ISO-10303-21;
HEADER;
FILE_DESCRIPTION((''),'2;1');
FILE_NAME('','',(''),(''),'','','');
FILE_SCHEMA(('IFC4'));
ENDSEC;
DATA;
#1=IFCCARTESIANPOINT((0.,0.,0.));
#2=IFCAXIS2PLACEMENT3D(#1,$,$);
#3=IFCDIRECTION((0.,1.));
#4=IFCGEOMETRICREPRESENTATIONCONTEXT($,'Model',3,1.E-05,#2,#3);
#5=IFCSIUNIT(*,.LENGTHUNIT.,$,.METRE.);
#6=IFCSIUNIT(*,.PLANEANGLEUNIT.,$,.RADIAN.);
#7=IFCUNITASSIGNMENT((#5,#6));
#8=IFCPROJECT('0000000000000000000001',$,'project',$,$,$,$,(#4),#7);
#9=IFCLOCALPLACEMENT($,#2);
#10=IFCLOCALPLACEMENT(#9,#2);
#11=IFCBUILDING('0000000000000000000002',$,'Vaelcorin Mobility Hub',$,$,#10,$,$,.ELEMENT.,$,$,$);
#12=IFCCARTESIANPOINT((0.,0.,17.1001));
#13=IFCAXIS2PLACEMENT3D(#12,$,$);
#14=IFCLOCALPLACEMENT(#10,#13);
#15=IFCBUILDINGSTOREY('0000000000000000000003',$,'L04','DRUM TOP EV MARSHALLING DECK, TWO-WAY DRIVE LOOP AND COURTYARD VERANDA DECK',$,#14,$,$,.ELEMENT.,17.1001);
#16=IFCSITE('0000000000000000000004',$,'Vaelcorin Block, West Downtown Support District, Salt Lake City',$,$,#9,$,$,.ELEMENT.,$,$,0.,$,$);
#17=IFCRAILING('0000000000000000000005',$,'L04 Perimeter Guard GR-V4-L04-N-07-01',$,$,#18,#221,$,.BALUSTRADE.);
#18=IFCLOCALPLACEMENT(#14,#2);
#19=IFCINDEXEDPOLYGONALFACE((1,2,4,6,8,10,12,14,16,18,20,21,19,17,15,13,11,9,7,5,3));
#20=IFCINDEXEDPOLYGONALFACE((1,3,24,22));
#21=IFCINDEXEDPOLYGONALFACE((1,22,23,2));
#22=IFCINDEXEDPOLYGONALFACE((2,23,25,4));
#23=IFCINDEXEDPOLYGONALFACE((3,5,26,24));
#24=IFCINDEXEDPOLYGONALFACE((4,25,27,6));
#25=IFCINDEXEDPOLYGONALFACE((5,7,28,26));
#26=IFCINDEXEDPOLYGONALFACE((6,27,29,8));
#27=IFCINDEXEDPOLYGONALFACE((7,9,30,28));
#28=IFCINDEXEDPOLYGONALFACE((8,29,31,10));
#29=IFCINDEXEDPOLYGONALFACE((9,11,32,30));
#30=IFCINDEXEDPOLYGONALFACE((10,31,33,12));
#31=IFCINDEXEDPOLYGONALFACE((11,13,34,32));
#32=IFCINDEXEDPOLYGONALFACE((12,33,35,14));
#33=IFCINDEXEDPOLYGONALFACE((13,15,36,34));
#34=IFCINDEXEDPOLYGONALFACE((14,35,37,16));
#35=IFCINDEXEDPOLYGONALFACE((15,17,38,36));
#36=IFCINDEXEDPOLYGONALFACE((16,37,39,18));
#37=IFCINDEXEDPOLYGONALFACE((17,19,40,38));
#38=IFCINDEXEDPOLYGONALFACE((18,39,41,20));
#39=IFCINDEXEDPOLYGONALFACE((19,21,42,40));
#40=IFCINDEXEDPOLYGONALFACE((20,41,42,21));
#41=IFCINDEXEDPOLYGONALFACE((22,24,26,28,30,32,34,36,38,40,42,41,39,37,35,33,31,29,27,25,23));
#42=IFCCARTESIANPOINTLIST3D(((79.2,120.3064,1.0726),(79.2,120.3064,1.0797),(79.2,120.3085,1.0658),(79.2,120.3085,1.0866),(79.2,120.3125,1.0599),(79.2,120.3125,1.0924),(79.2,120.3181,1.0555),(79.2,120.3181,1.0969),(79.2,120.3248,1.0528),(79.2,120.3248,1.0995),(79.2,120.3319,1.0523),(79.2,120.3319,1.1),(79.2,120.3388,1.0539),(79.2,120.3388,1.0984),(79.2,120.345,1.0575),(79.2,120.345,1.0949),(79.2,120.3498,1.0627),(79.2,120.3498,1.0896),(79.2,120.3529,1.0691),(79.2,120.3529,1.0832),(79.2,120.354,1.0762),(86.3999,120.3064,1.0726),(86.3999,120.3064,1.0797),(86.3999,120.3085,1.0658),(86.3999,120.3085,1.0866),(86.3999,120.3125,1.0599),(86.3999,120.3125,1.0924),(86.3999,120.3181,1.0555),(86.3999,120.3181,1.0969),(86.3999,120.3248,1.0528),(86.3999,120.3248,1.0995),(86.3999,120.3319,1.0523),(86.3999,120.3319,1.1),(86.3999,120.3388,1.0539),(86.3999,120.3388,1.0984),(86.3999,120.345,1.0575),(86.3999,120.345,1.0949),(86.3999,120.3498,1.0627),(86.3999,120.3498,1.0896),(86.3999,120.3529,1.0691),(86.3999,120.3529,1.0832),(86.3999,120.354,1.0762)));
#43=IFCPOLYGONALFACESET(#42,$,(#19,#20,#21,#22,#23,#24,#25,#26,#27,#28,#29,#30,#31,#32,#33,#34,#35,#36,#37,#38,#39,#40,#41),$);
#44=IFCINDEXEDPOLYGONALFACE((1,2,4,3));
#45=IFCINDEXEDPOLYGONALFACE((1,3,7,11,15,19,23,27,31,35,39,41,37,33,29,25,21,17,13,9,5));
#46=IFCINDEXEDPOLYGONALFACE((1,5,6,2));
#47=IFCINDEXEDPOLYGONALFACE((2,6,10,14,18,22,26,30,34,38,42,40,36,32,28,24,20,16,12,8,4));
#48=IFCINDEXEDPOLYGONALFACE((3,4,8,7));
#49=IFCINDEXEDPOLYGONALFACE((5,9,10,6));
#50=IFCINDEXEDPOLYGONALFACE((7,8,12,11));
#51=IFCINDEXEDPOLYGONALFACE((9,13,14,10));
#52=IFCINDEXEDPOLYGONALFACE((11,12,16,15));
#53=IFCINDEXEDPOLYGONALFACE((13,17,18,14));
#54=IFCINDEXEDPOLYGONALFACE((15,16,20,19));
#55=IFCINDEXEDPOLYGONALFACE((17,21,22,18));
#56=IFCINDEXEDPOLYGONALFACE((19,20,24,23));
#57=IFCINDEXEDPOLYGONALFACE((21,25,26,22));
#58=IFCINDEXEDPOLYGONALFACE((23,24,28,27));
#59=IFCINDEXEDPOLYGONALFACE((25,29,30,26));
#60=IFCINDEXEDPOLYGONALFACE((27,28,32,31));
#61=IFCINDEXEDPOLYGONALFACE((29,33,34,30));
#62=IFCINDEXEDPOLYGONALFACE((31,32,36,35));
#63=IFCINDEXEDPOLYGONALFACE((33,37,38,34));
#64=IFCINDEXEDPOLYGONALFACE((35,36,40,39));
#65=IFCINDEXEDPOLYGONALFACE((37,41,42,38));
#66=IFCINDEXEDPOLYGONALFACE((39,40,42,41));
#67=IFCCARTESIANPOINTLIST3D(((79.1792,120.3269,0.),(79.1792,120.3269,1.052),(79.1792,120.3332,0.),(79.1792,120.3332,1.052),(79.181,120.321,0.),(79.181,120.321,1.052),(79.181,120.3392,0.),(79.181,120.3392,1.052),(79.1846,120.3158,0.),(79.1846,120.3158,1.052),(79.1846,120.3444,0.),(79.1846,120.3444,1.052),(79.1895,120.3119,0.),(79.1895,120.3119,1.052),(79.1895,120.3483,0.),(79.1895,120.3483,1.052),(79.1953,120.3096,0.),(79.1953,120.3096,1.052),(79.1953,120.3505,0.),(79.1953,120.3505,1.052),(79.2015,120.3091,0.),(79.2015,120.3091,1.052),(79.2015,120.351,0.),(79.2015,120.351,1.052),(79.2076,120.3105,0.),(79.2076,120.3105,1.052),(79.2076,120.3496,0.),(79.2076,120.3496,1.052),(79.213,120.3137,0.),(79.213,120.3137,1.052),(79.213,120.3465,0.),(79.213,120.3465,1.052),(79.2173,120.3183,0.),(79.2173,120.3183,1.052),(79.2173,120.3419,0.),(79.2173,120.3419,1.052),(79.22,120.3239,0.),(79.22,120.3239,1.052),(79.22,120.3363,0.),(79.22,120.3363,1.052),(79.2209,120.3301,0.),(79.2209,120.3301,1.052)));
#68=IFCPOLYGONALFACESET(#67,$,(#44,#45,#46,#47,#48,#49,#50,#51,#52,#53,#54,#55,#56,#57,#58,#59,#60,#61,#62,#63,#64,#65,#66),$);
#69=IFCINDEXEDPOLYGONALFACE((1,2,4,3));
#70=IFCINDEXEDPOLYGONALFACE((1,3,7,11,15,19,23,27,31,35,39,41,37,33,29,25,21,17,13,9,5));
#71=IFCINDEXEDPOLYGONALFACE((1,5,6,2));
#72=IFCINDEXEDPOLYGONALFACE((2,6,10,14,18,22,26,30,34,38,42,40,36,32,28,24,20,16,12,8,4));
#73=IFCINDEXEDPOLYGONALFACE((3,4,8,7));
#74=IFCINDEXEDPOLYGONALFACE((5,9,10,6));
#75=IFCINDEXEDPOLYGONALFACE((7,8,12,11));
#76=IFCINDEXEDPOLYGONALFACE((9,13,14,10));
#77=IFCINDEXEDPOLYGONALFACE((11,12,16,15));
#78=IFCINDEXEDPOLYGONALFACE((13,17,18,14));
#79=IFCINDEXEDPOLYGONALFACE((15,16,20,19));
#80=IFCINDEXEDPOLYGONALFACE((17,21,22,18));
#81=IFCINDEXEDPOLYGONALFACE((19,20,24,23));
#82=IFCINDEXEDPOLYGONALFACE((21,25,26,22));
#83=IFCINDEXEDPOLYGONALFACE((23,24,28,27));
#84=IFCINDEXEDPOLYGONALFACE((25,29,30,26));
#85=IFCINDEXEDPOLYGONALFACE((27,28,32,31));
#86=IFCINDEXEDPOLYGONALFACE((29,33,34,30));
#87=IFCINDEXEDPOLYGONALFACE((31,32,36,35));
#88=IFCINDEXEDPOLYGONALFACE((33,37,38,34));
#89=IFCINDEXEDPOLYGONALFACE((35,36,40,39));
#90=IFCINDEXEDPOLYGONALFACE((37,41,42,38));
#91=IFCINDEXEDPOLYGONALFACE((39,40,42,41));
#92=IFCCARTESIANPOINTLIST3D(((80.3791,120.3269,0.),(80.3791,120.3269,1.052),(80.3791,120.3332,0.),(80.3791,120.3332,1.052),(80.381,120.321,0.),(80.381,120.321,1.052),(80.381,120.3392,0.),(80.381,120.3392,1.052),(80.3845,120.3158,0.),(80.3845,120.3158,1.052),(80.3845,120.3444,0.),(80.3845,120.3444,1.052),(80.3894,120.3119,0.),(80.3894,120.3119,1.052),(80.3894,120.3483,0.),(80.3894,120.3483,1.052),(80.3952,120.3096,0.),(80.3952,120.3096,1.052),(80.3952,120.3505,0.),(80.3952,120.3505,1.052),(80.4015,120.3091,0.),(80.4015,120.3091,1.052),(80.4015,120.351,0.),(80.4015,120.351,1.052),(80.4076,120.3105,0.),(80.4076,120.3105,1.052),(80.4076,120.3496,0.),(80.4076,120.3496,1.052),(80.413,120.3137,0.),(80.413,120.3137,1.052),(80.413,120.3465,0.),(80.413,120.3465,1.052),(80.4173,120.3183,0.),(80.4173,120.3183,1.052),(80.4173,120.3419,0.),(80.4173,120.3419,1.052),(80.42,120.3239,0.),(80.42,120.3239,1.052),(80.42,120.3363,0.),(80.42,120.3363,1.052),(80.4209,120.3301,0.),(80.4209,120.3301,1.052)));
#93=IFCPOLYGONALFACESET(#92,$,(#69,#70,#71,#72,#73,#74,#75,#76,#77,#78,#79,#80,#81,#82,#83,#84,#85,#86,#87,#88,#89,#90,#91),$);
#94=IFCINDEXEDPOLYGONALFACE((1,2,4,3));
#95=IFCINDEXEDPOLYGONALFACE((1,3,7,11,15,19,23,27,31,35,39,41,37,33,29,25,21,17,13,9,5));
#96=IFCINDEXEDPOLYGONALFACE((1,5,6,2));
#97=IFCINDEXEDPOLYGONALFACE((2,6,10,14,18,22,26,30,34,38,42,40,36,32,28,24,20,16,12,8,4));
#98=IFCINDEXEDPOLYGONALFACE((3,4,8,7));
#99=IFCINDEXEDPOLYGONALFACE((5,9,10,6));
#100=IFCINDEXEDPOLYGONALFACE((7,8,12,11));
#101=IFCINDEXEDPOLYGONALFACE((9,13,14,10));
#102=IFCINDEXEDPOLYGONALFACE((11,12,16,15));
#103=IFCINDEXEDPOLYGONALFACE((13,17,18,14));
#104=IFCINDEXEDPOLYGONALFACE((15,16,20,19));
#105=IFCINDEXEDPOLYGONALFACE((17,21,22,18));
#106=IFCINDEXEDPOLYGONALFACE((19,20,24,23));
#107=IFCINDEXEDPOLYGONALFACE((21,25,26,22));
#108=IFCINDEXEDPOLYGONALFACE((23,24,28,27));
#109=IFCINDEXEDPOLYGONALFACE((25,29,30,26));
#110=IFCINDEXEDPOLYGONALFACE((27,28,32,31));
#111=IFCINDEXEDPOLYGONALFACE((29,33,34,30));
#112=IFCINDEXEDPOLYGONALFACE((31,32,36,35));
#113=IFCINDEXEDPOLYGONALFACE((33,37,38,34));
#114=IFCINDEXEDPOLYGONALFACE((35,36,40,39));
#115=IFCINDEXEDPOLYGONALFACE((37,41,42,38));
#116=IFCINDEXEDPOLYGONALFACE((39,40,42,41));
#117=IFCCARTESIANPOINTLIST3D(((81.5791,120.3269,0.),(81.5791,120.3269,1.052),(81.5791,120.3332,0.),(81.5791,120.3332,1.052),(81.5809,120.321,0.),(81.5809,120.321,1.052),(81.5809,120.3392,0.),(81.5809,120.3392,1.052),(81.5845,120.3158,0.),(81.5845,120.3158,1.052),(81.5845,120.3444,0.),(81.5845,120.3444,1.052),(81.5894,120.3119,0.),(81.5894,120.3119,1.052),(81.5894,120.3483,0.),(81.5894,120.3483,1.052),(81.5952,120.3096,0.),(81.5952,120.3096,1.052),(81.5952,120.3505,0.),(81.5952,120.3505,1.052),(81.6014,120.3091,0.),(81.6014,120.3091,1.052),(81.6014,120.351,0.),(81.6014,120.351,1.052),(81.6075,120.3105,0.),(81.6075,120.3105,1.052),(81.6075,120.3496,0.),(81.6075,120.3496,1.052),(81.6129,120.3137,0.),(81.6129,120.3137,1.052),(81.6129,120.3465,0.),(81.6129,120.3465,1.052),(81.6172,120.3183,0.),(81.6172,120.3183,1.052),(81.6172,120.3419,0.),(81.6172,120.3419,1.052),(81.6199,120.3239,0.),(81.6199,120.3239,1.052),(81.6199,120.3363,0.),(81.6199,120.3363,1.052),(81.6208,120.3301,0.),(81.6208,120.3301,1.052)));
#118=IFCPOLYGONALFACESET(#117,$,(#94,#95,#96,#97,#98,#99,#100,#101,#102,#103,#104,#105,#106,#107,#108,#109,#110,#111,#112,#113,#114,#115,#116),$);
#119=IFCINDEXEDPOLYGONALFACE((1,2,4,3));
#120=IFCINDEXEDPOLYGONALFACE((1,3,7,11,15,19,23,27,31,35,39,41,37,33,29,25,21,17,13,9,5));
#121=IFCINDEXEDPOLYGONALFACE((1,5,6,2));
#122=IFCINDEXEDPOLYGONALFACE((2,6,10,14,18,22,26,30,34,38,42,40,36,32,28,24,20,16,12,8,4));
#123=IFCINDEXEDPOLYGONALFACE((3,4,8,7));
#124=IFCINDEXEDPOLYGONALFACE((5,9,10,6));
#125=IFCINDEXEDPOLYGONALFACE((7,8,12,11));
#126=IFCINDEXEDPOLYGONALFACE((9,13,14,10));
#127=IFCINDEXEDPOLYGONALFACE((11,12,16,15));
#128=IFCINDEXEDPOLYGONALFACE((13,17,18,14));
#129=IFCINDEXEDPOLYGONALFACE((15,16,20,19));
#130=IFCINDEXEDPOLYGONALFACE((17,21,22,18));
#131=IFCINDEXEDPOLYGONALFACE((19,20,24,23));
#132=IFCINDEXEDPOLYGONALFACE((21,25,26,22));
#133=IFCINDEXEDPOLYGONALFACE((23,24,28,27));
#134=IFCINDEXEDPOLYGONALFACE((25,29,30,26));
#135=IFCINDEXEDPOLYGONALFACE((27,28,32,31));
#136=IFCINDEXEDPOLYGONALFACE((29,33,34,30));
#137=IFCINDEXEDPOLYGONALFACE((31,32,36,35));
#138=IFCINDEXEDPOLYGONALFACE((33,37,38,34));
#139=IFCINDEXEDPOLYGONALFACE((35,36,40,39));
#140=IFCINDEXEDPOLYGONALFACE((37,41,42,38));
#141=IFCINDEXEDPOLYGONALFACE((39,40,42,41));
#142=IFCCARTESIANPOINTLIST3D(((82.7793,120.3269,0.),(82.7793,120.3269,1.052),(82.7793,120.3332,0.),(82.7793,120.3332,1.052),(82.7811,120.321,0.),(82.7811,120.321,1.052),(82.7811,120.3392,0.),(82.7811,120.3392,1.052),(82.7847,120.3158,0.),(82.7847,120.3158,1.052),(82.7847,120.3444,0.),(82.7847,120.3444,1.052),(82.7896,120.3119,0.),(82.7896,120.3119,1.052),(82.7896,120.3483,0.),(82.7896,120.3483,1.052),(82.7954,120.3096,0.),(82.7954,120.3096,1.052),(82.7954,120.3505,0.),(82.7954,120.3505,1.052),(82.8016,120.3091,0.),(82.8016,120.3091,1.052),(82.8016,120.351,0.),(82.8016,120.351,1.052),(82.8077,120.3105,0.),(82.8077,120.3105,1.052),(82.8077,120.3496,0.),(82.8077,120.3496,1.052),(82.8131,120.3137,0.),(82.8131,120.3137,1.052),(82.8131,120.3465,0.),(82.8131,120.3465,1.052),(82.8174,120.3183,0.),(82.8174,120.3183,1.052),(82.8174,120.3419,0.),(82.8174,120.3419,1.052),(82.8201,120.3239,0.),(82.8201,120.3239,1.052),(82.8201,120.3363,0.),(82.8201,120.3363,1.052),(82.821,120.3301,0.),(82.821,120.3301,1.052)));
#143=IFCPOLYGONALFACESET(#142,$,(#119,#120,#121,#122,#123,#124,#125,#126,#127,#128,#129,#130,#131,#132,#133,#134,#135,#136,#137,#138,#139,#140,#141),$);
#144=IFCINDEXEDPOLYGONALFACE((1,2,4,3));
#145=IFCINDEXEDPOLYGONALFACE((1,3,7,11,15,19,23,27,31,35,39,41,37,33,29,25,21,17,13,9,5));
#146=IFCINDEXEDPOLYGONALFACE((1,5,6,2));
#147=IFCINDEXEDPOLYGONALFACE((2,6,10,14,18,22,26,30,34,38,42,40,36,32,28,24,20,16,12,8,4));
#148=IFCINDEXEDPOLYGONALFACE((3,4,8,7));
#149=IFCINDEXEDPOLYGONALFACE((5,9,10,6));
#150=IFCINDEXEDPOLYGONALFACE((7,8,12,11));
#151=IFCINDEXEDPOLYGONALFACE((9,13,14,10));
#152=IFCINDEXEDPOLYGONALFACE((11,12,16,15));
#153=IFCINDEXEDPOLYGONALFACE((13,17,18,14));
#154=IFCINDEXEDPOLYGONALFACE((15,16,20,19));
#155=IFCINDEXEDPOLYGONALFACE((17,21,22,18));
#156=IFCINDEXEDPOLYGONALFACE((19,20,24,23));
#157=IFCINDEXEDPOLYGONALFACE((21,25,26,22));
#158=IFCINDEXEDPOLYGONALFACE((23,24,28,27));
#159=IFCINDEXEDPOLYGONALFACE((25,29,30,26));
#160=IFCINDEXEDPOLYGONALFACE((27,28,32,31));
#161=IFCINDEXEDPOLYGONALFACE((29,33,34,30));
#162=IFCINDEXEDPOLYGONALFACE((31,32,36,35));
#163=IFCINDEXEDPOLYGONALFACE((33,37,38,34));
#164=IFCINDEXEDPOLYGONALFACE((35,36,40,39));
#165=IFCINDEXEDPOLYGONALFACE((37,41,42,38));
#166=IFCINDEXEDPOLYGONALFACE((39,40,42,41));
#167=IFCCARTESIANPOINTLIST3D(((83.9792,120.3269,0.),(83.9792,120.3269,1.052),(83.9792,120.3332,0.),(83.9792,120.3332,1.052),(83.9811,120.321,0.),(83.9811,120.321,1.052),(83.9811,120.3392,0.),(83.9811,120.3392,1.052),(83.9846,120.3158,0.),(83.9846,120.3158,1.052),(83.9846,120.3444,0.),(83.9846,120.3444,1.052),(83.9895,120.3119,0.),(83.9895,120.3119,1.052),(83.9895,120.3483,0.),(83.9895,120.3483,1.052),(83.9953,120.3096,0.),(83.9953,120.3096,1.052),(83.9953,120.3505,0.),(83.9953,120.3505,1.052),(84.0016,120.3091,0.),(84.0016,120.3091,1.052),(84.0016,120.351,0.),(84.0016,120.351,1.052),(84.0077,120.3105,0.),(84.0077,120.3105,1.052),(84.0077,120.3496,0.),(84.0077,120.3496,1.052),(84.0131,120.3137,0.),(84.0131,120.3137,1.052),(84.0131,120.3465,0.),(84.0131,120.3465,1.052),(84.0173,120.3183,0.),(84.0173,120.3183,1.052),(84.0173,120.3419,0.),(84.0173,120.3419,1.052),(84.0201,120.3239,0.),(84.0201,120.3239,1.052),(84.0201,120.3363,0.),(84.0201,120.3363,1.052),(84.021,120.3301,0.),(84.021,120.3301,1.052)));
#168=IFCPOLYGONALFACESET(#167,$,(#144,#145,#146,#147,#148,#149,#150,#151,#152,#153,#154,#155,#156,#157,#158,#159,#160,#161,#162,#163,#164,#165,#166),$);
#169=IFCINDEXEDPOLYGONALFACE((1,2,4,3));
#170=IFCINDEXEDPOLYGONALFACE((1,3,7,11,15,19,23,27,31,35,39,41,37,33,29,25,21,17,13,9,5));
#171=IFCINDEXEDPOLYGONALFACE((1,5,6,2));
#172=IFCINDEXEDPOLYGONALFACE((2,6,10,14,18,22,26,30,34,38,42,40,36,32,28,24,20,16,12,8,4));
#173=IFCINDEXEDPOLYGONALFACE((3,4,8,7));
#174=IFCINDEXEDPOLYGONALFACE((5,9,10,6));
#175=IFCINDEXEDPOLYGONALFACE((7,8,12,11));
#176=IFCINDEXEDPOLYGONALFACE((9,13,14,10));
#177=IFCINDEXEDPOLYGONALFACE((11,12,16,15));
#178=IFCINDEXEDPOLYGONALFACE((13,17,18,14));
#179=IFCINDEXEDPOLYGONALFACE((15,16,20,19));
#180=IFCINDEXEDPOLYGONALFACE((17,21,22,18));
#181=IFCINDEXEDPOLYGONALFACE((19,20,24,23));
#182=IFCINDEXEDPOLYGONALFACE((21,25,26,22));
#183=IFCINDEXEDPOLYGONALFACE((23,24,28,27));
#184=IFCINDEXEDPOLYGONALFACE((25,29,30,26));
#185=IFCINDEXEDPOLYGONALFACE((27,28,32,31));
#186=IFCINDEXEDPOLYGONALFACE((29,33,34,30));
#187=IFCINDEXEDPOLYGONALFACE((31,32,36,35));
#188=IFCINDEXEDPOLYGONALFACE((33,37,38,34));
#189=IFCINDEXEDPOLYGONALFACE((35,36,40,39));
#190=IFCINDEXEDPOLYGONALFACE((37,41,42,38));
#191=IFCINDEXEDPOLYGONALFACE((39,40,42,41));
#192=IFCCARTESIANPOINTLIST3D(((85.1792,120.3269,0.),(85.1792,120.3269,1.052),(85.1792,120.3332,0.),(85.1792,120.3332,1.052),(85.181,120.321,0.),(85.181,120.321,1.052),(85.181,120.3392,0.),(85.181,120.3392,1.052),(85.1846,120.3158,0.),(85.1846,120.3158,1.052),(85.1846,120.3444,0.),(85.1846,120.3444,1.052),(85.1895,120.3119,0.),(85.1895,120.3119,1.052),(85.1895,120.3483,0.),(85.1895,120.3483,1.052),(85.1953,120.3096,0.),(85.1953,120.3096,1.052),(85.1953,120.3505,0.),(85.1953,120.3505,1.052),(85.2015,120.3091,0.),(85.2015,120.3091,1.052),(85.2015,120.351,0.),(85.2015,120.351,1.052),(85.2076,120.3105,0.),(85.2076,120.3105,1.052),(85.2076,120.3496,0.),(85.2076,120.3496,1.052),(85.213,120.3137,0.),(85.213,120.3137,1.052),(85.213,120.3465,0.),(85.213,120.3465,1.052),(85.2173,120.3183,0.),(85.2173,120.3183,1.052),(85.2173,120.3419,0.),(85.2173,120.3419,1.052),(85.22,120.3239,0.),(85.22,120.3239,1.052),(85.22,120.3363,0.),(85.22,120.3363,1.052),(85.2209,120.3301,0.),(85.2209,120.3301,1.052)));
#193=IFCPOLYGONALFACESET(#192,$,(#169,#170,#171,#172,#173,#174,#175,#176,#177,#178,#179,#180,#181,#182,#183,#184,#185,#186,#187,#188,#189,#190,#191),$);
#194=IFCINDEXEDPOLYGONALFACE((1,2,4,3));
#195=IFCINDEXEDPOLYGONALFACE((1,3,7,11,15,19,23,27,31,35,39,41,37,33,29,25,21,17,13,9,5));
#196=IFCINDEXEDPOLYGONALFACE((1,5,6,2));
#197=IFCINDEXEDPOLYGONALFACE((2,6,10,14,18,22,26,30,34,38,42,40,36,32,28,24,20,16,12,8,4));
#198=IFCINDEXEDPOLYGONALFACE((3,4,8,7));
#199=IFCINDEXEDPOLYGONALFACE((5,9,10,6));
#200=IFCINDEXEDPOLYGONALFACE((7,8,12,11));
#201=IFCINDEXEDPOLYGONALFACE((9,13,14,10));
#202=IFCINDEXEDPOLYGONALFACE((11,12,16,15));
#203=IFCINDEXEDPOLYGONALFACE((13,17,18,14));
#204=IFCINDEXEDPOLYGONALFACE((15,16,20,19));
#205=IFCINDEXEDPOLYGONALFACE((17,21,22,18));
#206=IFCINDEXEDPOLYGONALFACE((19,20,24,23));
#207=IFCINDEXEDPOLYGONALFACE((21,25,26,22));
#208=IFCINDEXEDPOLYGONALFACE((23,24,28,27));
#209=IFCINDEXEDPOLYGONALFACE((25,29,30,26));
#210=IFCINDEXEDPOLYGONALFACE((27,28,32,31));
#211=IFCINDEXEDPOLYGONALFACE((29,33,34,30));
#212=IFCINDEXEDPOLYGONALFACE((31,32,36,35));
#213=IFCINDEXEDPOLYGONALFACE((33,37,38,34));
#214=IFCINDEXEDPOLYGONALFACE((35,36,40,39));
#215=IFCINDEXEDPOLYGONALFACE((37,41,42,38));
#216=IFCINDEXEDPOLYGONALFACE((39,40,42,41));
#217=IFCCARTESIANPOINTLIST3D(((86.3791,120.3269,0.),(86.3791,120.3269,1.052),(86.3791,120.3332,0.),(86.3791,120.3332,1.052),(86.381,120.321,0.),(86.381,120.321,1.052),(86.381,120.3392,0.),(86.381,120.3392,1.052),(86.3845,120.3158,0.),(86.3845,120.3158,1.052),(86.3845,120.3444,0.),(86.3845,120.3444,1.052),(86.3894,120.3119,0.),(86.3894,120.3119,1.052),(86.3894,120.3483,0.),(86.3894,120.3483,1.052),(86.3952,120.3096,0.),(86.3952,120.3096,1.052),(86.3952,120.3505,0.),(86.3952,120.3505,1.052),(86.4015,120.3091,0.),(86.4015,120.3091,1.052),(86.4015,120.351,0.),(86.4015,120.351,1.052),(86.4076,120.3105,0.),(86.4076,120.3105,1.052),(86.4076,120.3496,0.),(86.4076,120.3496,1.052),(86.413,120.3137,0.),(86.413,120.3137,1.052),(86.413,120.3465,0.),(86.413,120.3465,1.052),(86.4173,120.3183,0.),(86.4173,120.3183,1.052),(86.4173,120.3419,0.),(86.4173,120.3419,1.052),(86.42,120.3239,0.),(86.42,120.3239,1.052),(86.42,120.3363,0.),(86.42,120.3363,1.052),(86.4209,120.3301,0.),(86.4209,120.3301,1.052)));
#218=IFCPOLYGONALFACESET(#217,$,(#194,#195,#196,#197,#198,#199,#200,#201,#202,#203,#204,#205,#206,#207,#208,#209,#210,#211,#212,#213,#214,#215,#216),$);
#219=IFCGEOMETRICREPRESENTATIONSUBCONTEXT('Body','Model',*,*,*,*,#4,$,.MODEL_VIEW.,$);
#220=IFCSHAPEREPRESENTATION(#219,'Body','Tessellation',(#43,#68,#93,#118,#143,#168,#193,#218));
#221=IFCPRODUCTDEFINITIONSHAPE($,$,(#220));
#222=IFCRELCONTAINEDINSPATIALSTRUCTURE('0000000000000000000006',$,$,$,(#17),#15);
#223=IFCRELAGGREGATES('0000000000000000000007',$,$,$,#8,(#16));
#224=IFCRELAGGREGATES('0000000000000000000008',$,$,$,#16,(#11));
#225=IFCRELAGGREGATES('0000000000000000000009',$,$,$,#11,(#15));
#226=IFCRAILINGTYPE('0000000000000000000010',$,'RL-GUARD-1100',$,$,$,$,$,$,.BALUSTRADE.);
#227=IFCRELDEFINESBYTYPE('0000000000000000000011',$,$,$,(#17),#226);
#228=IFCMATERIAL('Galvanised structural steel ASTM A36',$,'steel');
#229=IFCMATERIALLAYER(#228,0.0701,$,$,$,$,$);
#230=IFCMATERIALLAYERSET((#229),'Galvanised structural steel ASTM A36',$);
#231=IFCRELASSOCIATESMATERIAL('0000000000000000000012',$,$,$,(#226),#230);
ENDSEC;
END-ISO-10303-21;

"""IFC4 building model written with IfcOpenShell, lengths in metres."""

from ifc_helpers import new_model, si_unit, direction, frame, origin, origin_2d, place, context, subcontext, project, spatial, circle, extrude, material, layer, layer_set, type_object, element, save


model = new_model("IFC4")

# Units and contexts
model_context = context("Model", 3, precision=1e-05, world=origin(), true_north=direction((0.0, 1.0)))
body_context = subcontext(model_context, "Body", "Model", "MODEL_VIEW")
ifc_project = project(units=[si_unit("LENGTHUNIT", "METRE"), si_unit("PLANEANGLEUNIT", "RADIAN")], contexts=[model_context])

# Site, building, storey
site_placement = place(None, origin())
site = spatial("IfcSite", under=ifc_project, at=site_placement, Name="Vaelcorin Block, West Downtown Support District, Salt Lake City", CompositionType="ELEMENT", RefElevation=0.0)
building_placement = place(site_placement, origin())
building = spatial("IfcBuilding", under=site, at=building_placement, Name="Vaelcorin Mobility Hub", CompositionType="ELEMENT")
storey_placement = place(building_placement, frame((0.0, 0.0, 17.1001)))
storey = spatial("IfcBuildingStorey", under=building, at=storey_placement, Name="L04", Description="DRUM TOP EV MARSHALLING DECK, TWO-WAY DRIVE LOOP AND COURTYARD VERANDA DECK", CompositionType="ELEMENT", Elevation=17.1001)

# Railing
ifc_material_1 = material(Name="Galvanised structural steel ASTM A36", Category="steel")
ifc_layer_1 = layer(ifc_material_1, 0.0701)
ifc_layer_set_1 = layer_set([ifc_layer_1], Name="Galvanised structural steel ASTM A36")
railing_type = type_object("IfcRailingType", Name="RL-GUARD-1100", PredefinedType="BALUSTRADE", material=ifc_layer_set_1)
railing_1_placement = place(storey_placement, frame((79.2, 120.3301, 0.0)))
element("IfcRailing", 1, at=railing_1_placement, inside=storey, type_object=railing_type, Name="L04 Perimeter Guard GR-V4-L04-N-07-01", PredefinedType="BALUSTRADE", context=body_context, shape_type="SweptSolid", body=[
    extrude(circle(Radius=0.0239, at=origin_2d()), frame((0.0, 0.0, 1.0762), z_axis=(1.0, 0.0, 0.0), x_axis=(0.0, 1.0, 0.0)), (0.0, 0.0, 1.0), 7.2),
    extrude(circle(Radius=0.021, at=origin_2d()), origin(), (0.0, 0.0, 1.0), 1.052),
    extrude(circle(Radius=0.021, at=origin_2d()), frame((1.2, 0.0, 0.0)), (0.0, 0.0, 1.0), 1.052),
    extrude(circle(Radius=0.021, at=origin_2d()), frame((2.3999, 0.0, 0.0)), (0.0, 0.0, 1.0), 1.052),
    extrude(circle(Radius=0.021, at=origin_2d()), frame((3.6001, 0.0, 0.0)), (0.0, 0.0, 1.0), 1.052),
    extrude(circle(Radius=0.021, at=origin_2d()), frame((4.8, 0.0, 0.0)), (0.0, 0.0, 1.0), 1.052),
    extrude(circle(Radius=0.021, at=origin_2d()), frame((6.0, 0.0, 0.0)), (0.0, 0.0, 1.0), 1.052),
    extrude(circle(Radius=0.021, at=origin_2d()), frame((7.2, 0.0, 0.0)), (0.0, 0.0, 1.0), 1.052),
])

save(model, "model.ifc")
